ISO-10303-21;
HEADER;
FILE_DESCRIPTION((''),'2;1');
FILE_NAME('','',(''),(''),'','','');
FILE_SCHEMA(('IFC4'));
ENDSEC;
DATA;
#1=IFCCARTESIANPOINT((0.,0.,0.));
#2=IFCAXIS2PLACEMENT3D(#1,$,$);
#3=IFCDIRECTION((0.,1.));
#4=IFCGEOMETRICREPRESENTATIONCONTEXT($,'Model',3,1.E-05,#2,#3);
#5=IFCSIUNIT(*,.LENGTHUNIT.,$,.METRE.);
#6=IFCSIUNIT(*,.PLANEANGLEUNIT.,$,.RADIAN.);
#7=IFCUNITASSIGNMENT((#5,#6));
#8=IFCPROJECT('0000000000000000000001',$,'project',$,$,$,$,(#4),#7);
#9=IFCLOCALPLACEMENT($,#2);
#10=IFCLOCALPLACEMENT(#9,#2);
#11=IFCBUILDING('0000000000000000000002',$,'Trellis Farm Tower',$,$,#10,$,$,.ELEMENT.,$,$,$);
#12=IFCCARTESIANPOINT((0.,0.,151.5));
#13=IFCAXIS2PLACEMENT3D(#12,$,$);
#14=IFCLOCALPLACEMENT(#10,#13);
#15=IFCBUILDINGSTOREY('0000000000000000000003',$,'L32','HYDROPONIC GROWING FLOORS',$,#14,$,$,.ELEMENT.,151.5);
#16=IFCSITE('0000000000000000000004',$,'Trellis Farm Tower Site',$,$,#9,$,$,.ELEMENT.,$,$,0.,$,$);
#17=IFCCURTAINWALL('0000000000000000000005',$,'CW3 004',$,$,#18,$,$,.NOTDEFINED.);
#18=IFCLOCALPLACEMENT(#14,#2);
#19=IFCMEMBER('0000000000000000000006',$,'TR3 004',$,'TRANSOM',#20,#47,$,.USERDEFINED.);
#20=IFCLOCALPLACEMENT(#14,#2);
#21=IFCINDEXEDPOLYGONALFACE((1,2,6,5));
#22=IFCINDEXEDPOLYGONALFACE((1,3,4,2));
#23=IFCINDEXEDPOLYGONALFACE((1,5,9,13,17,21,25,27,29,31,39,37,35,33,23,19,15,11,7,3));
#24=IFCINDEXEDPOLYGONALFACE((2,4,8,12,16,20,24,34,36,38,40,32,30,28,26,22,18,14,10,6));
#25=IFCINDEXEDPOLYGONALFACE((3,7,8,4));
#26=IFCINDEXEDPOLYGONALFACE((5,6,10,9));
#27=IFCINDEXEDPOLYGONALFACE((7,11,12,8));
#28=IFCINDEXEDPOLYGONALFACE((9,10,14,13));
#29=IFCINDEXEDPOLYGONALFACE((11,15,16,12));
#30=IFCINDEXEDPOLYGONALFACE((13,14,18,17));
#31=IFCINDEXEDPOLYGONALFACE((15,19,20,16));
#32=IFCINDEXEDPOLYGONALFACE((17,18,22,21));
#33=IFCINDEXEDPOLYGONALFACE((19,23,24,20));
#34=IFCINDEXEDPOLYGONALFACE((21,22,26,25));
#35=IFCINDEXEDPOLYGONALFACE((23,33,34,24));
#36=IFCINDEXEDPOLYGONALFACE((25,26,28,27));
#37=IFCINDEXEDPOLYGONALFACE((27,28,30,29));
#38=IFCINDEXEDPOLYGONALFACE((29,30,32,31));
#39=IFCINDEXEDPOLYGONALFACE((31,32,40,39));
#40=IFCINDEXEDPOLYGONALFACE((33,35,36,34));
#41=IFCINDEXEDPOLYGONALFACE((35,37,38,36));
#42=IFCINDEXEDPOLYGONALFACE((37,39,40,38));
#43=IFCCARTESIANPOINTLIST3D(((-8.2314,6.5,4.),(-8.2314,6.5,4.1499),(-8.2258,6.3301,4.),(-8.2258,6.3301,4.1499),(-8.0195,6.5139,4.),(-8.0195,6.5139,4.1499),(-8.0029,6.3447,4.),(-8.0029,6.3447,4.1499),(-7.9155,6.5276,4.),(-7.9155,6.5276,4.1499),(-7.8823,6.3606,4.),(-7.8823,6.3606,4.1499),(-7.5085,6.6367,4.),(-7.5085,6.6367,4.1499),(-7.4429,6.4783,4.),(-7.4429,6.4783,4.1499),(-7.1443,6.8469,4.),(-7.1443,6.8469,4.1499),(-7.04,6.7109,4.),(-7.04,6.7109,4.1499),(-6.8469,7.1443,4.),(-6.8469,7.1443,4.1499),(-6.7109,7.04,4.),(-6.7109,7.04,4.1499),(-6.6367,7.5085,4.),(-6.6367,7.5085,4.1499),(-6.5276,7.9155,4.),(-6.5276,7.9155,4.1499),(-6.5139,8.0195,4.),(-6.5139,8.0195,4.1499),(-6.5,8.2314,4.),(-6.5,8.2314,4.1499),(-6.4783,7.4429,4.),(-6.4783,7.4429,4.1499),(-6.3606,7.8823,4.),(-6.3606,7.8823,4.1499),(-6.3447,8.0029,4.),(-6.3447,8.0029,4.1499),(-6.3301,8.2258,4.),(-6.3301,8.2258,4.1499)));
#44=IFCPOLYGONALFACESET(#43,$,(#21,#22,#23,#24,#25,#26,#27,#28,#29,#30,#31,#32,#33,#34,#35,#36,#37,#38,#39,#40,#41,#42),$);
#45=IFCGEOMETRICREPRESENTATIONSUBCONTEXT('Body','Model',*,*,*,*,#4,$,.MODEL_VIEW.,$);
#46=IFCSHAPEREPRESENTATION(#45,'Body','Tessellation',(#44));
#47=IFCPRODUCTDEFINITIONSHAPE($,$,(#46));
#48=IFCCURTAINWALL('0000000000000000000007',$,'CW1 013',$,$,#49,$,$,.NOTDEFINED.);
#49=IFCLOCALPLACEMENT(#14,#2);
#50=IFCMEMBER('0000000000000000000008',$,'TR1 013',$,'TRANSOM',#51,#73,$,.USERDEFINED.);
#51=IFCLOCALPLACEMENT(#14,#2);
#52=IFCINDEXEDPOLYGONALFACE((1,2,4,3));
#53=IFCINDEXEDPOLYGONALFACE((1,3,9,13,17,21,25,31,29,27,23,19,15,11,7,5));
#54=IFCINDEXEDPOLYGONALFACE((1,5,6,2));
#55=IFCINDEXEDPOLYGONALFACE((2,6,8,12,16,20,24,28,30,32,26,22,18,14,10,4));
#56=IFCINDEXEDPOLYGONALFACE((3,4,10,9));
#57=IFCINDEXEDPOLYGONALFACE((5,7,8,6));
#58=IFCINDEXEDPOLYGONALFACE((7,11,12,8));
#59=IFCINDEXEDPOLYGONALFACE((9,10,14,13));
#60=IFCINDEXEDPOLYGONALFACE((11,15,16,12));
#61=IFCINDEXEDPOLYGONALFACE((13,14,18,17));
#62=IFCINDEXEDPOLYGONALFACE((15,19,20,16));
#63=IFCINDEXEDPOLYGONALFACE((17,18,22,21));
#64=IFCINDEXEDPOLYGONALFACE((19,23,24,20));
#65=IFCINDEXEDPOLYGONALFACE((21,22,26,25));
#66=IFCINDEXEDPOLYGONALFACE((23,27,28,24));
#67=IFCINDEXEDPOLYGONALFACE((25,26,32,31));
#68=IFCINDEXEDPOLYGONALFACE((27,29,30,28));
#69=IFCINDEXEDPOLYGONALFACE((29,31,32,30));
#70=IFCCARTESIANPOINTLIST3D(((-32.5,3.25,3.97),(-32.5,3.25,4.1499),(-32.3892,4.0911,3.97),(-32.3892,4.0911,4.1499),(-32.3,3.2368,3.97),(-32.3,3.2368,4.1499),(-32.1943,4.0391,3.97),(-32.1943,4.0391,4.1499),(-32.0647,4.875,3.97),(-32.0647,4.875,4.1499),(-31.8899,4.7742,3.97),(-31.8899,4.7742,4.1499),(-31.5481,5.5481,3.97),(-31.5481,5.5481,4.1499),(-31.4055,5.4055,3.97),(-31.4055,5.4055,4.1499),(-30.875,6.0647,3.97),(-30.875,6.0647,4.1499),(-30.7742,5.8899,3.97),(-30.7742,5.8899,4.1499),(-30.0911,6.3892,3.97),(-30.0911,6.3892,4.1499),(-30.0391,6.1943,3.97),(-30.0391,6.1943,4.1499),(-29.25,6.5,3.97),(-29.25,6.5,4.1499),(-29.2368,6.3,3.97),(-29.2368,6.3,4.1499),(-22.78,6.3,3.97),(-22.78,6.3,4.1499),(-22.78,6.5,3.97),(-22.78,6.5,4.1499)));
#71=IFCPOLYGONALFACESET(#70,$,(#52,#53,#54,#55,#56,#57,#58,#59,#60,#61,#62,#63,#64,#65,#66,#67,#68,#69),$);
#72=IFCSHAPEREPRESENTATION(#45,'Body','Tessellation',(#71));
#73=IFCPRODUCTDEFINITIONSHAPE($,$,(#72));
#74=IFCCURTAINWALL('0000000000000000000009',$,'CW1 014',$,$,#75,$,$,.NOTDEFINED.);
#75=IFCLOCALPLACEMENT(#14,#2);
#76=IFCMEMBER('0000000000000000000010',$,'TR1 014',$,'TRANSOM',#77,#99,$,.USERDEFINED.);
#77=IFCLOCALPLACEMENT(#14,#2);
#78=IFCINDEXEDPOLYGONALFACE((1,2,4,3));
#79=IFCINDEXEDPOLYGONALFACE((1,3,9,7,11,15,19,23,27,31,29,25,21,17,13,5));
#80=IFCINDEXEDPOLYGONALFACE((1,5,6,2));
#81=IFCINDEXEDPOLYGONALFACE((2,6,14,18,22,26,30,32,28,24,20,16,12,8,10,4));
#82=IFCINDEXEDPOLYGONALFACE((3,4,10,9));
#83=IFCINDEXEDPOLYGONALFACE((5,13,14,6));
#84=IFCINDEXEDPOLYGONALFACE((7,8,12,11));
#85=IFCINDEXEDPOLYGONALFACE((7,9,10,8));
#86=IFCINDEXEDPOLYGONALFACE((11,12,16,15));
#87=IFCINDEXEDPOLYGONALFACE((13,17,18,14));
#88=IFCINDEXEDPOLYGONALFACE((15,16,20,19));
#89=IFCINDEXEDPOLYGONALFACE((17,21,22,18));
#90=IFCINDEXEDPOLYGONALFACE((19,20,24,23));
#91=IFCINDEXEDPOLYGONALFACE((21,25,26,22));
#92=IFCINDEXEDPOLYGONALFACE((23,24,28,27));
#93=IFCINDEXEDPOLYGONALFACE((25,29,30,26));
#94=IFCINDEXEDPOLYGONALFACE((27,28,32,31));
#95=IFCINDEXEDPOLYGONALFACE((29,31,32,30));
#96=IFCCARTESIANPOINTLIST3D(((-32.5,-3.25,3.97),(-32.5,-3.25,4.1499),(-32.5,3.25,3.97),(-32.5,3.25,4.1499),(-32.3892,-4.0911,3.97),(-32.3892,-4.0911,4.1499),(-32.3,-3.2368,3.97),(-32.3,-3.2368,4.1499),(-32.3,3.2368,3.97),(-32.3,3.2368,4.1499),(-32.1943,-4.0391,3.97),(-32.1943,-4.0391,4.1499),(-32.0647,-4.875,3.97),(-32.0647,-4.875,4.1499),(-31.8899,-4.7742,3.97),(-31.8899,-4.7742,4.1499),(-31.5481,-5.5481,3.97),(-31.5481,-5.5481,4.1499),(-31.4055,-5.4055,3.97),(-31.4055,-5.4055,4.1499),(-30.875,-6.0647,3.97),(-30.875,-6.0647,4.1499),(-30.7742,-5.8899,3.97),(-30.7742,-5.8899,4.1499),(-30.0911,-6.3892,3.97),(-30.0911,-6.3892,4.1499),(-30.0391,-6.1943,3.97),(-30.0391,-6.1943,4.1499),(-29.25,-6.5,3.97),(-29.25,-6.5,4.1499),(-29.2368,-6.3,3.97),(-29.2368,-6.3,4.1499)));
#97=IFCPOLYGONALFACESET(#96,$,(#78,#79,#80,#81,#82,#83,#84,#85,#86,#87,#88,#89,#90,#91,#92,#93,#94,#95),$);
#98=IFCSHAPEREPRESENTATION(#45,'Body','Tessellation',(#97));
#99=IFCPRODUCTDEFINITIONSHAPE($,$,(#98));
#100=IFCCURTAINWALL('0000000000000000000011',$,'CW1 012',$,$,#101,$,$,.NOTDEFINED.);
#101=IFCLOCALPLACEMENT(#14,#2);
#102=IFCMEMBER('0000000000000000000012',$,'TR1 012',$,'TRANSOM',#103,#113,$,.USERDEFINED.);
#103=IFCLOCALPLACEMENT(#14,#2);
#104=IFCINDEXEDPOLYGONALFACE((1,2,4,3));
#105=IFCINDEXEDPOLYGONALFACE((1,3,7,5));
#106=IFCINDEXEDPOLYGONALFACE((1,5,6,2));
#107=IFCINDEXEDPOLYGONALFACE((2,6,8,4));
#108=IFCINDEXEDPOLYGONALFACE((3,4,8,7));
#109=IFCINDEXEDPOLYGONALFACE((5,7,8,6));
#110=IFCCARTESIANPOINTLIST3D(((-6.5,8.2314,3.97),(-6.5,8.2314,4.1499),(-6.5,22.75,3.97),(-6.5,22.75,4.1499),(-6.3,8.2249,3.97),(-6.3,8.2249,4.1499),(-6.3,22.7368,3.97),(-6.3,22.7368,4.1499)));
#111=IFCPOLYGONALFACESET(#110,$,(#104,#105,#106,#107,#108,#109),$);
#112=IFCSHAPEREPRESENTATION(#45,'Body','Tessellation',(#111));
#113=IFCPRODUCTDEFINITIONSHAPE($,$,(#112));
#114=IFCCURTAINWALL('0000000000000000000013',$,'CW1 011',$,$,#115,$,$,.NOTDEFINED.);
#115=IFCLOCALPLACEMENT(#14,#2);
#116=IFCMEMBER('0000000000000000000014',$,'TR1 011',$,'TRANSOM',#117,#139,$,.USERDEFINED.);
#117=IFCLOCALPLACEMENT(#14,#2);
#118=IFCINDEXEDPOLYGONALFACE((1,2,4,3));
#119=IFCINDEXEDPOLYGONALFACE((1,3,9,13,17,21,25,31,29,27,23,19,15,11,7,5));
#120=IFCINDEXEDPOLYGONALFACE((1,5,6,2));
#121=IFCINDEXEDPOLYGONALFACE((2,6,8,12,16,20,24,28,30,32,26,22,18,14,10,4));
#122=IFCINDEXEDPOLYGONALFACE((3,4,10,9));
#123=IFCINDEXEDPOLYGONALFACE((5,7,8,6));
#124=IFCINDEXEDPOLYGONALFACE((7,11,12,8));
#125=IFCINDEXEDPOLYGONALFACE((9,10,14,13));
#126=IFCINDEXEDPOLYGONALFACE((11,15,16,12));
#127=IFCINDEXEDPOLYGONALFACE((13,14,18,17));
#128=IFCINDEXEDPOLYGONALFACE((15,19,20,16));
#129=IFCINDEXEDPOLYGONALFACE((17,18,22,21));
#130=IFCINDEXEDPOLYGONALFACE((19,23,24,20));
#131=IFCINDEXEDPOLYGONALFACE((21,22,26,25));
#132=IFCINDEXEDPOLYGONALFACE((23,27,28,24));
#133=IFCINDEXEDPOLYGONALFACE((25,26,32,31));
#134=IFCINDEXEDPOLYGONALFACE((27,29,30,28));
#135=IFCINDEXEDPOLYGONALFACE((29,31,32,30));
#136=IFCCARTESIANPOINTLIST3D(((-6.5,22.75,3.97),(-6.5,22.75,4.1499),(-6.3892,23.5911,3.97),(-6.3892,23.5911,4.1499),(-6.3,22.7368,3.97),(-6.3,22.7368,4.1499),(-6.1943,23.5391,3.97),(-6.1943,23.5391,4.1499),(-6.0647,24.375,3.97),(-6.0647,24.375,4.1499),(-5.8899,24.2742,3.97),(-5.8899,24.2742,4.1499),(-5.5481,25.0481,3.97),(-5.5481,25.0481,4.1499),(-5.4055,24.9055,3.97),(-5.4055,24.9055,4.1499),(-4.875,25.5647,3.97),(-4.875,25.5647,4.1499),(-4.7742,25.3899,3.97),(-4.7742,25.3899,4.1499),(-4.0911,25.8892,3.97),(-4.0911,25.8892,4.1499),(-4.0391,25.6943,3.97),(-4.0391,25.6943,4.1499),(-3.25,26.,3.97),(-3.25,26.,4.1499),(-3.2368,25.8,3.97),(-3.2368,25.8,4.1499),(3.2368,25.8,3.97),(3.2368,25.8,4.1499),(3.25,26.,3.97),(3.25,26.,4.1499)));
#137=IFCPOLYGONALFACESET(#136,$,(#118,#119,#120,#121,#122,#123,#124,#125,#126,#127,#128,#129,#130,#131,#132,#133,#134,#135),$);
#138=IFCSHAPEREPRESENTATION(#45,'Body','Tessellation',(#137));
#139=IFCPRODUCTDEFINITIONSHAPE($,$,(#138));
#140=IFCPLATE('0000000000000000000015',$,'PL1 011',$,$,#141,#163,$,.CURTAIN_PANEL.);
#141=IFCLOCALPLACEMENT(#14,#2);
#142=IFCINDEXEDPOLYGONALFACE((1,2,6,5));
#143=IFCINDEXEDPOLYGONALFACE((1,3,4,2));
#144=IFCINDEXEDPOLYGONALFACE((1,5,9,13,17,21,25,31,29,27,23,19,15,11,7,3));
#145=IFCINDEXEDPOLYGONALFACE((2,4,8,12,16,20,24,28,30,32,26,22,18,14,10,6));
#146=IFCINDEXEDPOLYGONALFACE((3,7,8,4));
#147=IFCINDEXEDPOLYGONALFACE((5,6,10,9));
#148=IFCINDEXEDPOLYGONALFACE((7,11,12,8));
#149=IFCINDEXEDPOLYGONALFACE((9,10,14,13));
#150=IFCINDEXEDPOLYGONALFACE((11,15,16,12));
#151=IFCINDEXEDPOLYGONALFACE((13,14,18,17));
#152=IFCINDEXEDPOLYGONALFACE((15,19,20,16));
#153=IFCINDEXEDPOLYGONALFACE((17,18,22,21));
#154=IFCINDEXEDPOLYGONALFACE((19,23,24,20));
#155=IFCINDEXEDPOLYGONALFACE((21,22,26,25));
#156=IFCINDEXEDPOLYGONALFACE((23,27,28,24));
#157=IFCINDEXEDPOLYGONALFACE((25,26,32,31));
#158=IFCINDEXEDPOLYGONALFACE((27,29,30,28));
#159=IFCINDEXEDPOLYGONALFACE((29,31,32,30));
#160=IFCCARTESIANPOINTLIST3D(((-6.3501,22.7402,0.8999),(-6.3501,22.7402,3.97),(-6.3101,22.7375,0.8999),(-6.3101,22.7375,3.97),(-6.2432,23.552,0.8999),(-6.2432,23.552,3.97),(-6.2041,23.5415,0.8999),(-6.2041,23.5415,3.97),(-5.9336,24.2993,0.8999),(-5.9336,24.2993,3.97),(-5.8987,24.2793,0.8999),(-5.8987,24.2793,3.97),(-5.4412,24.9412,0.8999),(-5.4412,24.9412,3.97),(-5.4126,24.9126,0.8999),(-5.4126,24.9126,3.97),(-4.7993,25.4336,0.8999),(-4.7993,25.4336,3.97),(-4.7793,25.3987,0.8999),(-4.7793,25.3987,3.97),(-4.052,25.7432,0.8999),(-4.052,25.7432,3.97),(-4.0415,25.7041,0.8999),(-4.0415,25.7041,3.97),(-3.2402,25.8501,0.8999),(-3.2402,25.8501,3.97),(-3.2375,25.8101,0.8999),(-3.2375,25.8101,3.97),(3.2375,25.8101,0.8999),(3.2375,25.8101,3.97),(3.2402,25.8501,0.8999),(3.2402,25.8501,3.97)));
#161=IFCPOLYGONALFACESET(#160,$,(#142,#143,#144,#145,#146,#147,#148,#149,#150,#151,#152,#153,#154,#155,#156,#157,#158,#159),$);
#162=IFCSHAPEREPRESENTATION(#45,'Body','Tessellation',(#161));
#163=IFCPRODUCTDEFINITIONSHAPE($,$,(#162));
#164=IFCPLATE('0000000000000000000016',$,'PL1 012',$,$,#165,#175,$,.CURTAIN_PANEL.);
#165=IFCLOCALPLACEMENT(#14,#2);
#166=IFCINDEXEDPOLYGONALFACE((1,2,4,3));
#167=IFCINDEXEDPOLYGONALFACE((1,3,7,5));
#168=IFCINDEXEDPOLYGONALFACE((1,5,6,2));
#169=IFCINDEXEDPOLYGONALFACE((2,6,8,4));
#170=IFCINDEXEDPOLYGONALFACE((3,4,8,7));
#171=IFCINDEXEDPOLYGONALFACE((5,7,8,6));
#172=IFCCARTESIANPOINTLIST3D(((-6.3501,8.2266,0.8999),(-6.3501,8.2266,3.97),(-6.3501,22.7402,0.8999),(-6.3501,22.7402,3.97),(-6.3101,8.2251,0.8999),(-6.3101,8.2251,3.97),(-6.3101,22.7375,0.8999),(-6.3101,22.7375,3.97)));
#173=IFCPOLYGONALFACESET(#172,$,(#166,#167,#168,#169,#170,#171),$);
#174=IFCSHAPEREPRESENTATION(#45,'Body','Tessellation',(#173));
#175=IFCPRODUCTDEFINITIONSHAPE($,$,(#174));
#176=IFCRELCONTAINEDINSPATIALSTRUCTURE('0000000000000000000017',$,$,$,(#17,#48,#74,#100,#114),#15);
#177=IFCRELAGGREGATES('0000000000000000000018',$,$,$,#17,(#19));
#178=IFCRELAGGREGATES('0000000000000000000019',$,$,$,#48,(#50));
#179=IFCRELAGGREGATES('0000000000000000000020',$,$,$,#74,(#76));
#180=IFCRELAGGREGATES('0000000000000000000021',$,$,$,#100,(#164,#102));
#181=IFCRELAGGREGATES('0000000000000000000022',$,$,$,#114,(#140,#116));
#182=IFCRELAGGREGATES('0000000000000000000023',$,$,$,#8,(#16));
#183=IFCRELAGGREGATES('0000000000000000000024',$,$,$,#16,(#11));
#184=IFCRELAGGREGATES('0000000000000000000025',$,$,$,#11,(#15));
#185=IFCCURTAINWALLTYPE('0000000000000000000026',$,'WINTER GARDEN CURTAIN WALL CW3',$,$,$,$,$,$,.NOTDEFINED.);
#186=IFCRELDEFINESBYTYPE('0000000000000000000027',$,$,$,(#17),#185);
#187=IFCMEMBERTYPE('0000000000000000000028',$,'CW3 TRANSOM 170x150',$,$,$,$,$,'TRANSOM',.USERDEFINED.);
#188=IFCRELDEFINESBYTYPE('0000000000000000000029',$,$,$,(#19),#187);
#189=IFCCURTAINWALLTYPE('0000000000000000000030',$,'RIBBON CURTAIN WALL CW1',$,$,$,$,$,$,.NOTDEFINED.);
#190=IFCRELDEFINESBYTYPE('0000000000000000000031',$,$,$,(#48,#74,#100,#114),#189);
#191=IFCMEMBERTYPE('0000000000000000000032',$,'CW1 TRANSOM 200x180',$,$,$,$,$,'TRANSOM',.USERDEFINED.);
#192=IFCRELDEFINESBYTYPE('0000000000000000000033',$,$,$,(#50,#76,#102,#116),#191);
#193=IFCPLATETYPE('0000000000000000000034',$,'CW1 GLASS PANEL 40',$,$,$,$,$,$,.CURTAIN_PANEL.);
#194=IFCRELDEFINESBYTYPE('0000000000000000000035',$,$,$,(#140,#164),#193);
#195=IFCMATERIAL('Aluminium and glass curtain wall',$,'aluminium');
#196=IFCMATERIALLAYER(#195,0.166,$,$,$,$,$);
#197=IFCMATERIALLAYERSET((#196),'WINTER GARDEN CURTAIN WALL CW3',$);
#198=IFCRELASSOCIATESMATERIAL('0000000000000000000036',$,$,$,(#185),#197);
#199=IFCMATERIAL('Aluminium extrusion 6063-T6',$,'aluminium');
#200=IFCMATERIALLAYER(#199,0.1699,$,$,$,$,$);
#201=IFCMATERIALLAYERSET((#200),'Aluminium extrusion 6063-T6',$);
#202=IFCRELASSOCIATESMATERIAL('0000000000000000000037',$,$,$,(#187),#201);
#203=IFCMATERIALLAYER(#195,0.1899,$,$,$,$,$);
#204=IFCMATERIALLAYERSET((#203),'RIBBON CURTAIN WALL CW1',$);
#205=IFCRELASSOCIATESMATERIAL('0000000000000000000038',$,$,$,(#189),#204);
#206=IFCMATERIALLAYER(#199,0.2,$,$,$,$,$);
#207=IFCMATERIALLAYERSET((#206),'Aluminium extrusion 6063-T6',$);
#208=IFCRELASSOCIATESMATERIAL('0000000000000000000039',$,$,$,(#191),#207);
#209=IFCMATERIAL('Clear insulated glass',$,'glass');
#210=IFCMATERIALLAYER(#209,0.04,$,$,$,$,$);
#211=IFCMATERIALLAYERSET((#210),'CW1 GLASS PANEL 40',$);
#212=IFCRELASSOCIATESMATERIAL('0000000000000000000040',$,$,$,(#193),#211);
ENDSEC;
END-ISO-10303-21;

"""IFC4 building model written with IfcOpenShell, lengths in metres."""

from ifc_helpers import new_model, si_unit, direction, frame, origin, place, context, subcontext, project, spatial, polyline, outline, extrude, source, transform, mapped, material, layer, layer_set, type_object, element, aggregate, save


model = new_model("IFC4")

# Units and contexts
model_context = context("Model", 3, precision=1e-05, world=origin(), true_north=direction((0.0, 1.0)))
body_context = subcontext(model_context, "Body", "Model", "MODEL_VIEW")
ifc_project = project(units=[si_unit("LENGTHUNIT", "METRE"), si_unit("PLANEANGLEUNIT", "RADIAN")], contexts=[model_context])

# Site, building, storey
site_placement = place(None, origin())
site = spatial("IfcSite", under=ifc_project, at=site_placement, Name="Trellis Farm Tower Site", CompositionType="ELEMENT", RefElevation=0.0)
building_placement = place(site_placement, origin())
building = spatial("IfcBuilding", under=site, at=building_placement, Name="Trellis Farm Tower", CompositionType="ELEMENT")
storey_placement = place(building_placement, frame((0.0, 0.0, 151.5)))
storey = spatial("IfcBuildingStorey", under=building, at=storey_placement, Name="L32", Description="HYDROPONIC GROWING FLOORS", CompositionType="ELEMENT", Elevation=151.5)

# Curtain walls, members
ifc_material_1 = material(Name="Aluminium and glass curtain wall", Category="aluminium")
ifc_layer_1 = layer(ifc_material_1, 0.166)
ifc_layer_set_1 = layer_set([ifc_layer_1], Name="WINTER GARDEN CURTAIN WALL CW3")
curtain_wall_type_1 = type_object("IfcCurtainWallType", Name="WINTER GARDEN CURTAIN WALL CW3", PredefinedType="NOTDEFINED", material=ifc_layer_set_1)
placement_1 = place(storey_placement, origin())
curtain_wall_1 = element("IfcCurtainWall", 1, at=placement_1, inside=storey, type_object=curtain_wall_type_1, Name="CW3 004", PredefinedType="NOTDEFINED")
ifc_material_2 = material(Name="Aluminium extrusion 6063-T6", Category="aluminium")
ifc_layer_2 = layer(ifc_material_2, 0.1699)
ifc_layer_set_2 = layer_set([ifc_layer_2], Name="Aluminium extrusion 6063-T6")
member_type_1 = type_object("IfcMemberType", Name="CW3 TRANSOM 170x150", ElementType="TRANSOM", PredefinedType="USERDEFINED", material=ifc_layer_set_2)
shared_shape_1 = source(origin(), body_context, "Body", "SweptSolid", [
    extrude(outline(polyline([(-6.5, 8.2314), (-6.5139, 8.0195), (-6.5276, 7.9155), (-6.6367, 7.5085), (-6.8469, 7.1443), (-7.1443, 6.8469), (-7.5085, 6.6367), (-7.9155, 6.5276), (-8.0195, 6.5139), (-8.2314, 6.5), (-8.2258, 6.3301), (-8.0029, 6.3447), (-7.8823, 6.3606), (-7.4429, 6.4783), (-7.04, 6.7109), (-6.7109, 7.04), (-6.4783, 7.4429), (-6.3606, 7.8823), (-6.3447, 8.0029), (-6.3301, 8.2258), (-6.5, 8.2314)])), origin(), (0.0, 0.0, 1.0), 0.1499),
])
member_1_placement = place(storey_placement, frame((0.0, 0.0, 4.0)))
member_1 = element("IfcMember", 2, at=member_1_placement, type_object=member_type_1, Name="TR3 004", ObjectType="TRANSOM", PredefinedType="USERDEFINED", context=body_context, shape_type="MappedRepresentation", body=[
    mapped(shared_shape_1, transform((0.0, 0.0, 0.0))),
])
ifc_layer_3 = layer(ifc_material_1, 0.1899)
ifc_layer_set_3 = layer_set([ifc_layer_3], Name="RIBBON CURTAIN WALL CW1")
curtain_wall_type_2 = type_object("IfcCurtainWallType", Name="RIBBON CURTAIN WALL CW1", PredefinedType="NOTDEFINED", material=ifc_layer_set_3)
curtain_wall_2 = element("IfcCurtainWall", 3, at=placement_1, inside=storey, type_object=curtain_wall_type_2, Name="CW1 013", PredefinedType="NOTDEFINED")
ifc_layer_4 = layer(ifc_material_2, 0.2)
ifc_layer_set_4 = layer_set([ifc_layer_4], Name="Aluminium extrusion 6063-T6")
member_type_2 = type_object("IfcMemberType", Name="CW1 TRANSOM 200x180", ElementType="TRANSOM", PredefinedType="USERDEFINED", material=ifc_layer_set_4)
shared_shape_2 = source(origin(), body_context, "Body", "SweptSolid", [
    extrude(outline(polyline([(-22.78, 6.5), (-29.25, 6.5), (-30.0911, 6.3892), (-30.875, 6.0647), (-31.5481, 5.5481), (-32.0647, 4.875), (-32.3892, 4.0911), (-32.5, 3.25), (-32.3, 3.2368), (-32.1943, 4.0391), (-31.8899, 4.7742), (-31.4055, 5.4055), (-30.7742, 5.8899), (-30.0391, 6.1943), (-29.2368, 6.3), (-22.78, 6.3), (-22.78, 6.5)])), origin(), (0.0, 0.0, 1.0), 0.1799),
])
placement_2 = place(storey_placement, frame((0.0, 0.0, 3.97)))
member_2 = element("IfcMember", 4, at=placement_2, type_object=member_type_2, Name="TR1 013", ObjectType="TRANSOM", PredefinedType="USERDEFINED", context=body_context, shape_type="MappedRepresentation", body=[
    mapped(shared_shape_2, transform((0.0, 0.0, 0.0))),
])
curtain_wall_3 = element("IfcCurtainWall", 5, at=placement_1, inside=storey, type_object=curtain_wall_type_2, Name="CW1 014", PredefinedType="NOTDEFINED")
shared_shape_3 = source(origin(), body_context, "Body", "SweptSolid", [
    extrude(outline(polyline([(-32.5, 3.25), (-32.5, -3.25), (-32.3892, -4.0911), (-32.0647, -4.875), (-31.5481, -5.5481), (-30.875, -6.0647), (-30.0911, -6.3892), (-29.25, -6.5), (-29.2368, -6.3), (-30.0391, -6.1943), (-30.7742, -5.8899), (-31.4055, -5.4055), (-31.8899, -4.7742), (-32.1943, -4.0391), (-32.3, -3.2368), (-32.3, 3.2368), (-32.5, 3.25)])), origin(), (0.0, 0.0, 1.0), 0.1799),
])
member_3 = element("IfcMember", 6, at=placement_2, type_object=member_type_2, Name="TR1 014", ObjectType="TRANSOM", PredefinedType="USERDEFINED", context=body_context, shape_type="MappedRepresentation", body=[
    mapped(shared_shape_3, transform((0.0, 0.0, 0.0))),
])
curtain_wall_4 = element("IfcCurtainWall", 7, at=placement_1, inside=storey, type_object=curtain_wall_type_2, Name="CW1 012", PredefinedType="NOTDEFINED")
shared_shape_4 = source(origin(), body_context, "Body", "SweptSolid", [
    extrude(outline(polyline([(-6.5, 22.75), (-6.5, 8.2314), (-6.3, 8.2249), (-6.3, 22.7368), (-6.5, 22.75)])), origin(), (0.0, 0.0, 1.0), 0.1799),
])
member_4 = element("IfcMember", 8, at=placement_2, type_object=member_type_2, Name="TR1 012", ObjectType="TRANSOM", PredefinedType="USERDEFINED", context=body_context, shape_type="MappedRepresentation", body=[
    mapped(shared_shape_4, transform((0.0, 0.0, 0.0))),
])

# Curtain wall, member, plate
curtain_wall_5 = element("IfcCurtainWall", 9, at=placement_1, inside=storey, type_object=curtain_wall_type_2, Name="CW1 011", PredefinedType="NOTDEFINED")
shared_shape_5 = source(origin(), body_context, "Body", "SweptSolid", [
    extrude(outline(polyline([(3.25, 26.0), (-3.25, 26.0), (-4.0911, 25.8892), (-4.875, 25.5647), (-5.5481, 25.0481), (-6.0647, 24.375), (-6.3892, 23.5911), (-6.5, 22.75), (-6.3, 22.7368), (-6.1943, 23.5391), (-5.8899, 24.2742), (-5.4055, 24.9055), (-4.7742, 25.3899), (-4.0391, 25.6943), (-3.2368, 25.8), (3.2368, 25.8), (3.25, 26.0)])), origin(), (0.0, 0.0, 1.0), 0.1799),
])
member_5 = element("IfcMember", 10, at=placement_2, type_object=member_type_2, Name="TR1 011", ObjectType="TRANSOM", PredefinedType="USERDEFINED", context=body_context, shape_type="MappedRepresentation", body=[
    mapped(shared_shape_5, transform((0.0, 0.0, 0.0))),
])
ifc_material_3 = material(Name="Clear insulated glass", Category="glass")
ifc_layer_5 = layer(ifc_material_3, 0.04)
ifc_layer_set_5 = layer_set([ifc_layer_5], Name="CW1 GLASS PANEL 40")
plate_type_1 = type_object("IfcPlateType", Name="CW1 GLASS PANEL 40", PredefinedType="CURTAIN_PANEL", material=ifc_layer_set_5)
placement_3 = place(storey_placement, frame((0.0, 0.0, 0.8999)))
plate_1 = element("IfcPlate", 11, at=placement_3, type_object=plate_type_1, Name="PL1 011", PredefinedType="CURTAIN_PANEL", context=body_context, shape_type="SweptSolid", body=[
    extrude(outline(polyline([(3.2402, 25.8501), (-3.2402, 25.8501), (-4.052, 25.7432), (-4.7993, 25.4336), (-5.4412, 24.9412), (-5.9336, 24.2993), (-6.2432, 23.552), (-6.3501, 22.7402), (-6.3101, 22.7375), (-6.2041, 23.5415), (-5.8987, 24.2793), (-5.4126, 24.9126), (-4.7793, 25.3987), (-4.0415, 25.7041), (-3.2375, 25.8101), (3.2375, 25.8101), (3.2402, 25.8501)])), origin(), (0.0, 0.0, 1.0), 3.0701),
])

# Plate
plate_2 = element("IfcPlate", 12, at=placement_3, type_object=plate_type_1, Name="PL1 012", PredefinedType="CURTAIN_PANEL", context=body_context, shape_type="SweptSolid", body=[
    extrude(outline(polyline([(-6.3501, 22.7402), (-6.3501, 8.2266), (-6.3101, 8.2251), (-6.3101, 22.7375), (-6.3501, 22.7402)])), origin(), (0.0, 0.0, 1.0), 3.0701),
])
aggregate(curtain_wall_1, [member_1])
aggregate(curtain_wall_2, [member_2])
aggregate(curtain_wall_3, [member_3])
aggregate(curtain_wall_4, [plate_2, member_4])
aggregate(curtain_wall_5, [plate_1, member_5])

save(model, "model.ifc")
